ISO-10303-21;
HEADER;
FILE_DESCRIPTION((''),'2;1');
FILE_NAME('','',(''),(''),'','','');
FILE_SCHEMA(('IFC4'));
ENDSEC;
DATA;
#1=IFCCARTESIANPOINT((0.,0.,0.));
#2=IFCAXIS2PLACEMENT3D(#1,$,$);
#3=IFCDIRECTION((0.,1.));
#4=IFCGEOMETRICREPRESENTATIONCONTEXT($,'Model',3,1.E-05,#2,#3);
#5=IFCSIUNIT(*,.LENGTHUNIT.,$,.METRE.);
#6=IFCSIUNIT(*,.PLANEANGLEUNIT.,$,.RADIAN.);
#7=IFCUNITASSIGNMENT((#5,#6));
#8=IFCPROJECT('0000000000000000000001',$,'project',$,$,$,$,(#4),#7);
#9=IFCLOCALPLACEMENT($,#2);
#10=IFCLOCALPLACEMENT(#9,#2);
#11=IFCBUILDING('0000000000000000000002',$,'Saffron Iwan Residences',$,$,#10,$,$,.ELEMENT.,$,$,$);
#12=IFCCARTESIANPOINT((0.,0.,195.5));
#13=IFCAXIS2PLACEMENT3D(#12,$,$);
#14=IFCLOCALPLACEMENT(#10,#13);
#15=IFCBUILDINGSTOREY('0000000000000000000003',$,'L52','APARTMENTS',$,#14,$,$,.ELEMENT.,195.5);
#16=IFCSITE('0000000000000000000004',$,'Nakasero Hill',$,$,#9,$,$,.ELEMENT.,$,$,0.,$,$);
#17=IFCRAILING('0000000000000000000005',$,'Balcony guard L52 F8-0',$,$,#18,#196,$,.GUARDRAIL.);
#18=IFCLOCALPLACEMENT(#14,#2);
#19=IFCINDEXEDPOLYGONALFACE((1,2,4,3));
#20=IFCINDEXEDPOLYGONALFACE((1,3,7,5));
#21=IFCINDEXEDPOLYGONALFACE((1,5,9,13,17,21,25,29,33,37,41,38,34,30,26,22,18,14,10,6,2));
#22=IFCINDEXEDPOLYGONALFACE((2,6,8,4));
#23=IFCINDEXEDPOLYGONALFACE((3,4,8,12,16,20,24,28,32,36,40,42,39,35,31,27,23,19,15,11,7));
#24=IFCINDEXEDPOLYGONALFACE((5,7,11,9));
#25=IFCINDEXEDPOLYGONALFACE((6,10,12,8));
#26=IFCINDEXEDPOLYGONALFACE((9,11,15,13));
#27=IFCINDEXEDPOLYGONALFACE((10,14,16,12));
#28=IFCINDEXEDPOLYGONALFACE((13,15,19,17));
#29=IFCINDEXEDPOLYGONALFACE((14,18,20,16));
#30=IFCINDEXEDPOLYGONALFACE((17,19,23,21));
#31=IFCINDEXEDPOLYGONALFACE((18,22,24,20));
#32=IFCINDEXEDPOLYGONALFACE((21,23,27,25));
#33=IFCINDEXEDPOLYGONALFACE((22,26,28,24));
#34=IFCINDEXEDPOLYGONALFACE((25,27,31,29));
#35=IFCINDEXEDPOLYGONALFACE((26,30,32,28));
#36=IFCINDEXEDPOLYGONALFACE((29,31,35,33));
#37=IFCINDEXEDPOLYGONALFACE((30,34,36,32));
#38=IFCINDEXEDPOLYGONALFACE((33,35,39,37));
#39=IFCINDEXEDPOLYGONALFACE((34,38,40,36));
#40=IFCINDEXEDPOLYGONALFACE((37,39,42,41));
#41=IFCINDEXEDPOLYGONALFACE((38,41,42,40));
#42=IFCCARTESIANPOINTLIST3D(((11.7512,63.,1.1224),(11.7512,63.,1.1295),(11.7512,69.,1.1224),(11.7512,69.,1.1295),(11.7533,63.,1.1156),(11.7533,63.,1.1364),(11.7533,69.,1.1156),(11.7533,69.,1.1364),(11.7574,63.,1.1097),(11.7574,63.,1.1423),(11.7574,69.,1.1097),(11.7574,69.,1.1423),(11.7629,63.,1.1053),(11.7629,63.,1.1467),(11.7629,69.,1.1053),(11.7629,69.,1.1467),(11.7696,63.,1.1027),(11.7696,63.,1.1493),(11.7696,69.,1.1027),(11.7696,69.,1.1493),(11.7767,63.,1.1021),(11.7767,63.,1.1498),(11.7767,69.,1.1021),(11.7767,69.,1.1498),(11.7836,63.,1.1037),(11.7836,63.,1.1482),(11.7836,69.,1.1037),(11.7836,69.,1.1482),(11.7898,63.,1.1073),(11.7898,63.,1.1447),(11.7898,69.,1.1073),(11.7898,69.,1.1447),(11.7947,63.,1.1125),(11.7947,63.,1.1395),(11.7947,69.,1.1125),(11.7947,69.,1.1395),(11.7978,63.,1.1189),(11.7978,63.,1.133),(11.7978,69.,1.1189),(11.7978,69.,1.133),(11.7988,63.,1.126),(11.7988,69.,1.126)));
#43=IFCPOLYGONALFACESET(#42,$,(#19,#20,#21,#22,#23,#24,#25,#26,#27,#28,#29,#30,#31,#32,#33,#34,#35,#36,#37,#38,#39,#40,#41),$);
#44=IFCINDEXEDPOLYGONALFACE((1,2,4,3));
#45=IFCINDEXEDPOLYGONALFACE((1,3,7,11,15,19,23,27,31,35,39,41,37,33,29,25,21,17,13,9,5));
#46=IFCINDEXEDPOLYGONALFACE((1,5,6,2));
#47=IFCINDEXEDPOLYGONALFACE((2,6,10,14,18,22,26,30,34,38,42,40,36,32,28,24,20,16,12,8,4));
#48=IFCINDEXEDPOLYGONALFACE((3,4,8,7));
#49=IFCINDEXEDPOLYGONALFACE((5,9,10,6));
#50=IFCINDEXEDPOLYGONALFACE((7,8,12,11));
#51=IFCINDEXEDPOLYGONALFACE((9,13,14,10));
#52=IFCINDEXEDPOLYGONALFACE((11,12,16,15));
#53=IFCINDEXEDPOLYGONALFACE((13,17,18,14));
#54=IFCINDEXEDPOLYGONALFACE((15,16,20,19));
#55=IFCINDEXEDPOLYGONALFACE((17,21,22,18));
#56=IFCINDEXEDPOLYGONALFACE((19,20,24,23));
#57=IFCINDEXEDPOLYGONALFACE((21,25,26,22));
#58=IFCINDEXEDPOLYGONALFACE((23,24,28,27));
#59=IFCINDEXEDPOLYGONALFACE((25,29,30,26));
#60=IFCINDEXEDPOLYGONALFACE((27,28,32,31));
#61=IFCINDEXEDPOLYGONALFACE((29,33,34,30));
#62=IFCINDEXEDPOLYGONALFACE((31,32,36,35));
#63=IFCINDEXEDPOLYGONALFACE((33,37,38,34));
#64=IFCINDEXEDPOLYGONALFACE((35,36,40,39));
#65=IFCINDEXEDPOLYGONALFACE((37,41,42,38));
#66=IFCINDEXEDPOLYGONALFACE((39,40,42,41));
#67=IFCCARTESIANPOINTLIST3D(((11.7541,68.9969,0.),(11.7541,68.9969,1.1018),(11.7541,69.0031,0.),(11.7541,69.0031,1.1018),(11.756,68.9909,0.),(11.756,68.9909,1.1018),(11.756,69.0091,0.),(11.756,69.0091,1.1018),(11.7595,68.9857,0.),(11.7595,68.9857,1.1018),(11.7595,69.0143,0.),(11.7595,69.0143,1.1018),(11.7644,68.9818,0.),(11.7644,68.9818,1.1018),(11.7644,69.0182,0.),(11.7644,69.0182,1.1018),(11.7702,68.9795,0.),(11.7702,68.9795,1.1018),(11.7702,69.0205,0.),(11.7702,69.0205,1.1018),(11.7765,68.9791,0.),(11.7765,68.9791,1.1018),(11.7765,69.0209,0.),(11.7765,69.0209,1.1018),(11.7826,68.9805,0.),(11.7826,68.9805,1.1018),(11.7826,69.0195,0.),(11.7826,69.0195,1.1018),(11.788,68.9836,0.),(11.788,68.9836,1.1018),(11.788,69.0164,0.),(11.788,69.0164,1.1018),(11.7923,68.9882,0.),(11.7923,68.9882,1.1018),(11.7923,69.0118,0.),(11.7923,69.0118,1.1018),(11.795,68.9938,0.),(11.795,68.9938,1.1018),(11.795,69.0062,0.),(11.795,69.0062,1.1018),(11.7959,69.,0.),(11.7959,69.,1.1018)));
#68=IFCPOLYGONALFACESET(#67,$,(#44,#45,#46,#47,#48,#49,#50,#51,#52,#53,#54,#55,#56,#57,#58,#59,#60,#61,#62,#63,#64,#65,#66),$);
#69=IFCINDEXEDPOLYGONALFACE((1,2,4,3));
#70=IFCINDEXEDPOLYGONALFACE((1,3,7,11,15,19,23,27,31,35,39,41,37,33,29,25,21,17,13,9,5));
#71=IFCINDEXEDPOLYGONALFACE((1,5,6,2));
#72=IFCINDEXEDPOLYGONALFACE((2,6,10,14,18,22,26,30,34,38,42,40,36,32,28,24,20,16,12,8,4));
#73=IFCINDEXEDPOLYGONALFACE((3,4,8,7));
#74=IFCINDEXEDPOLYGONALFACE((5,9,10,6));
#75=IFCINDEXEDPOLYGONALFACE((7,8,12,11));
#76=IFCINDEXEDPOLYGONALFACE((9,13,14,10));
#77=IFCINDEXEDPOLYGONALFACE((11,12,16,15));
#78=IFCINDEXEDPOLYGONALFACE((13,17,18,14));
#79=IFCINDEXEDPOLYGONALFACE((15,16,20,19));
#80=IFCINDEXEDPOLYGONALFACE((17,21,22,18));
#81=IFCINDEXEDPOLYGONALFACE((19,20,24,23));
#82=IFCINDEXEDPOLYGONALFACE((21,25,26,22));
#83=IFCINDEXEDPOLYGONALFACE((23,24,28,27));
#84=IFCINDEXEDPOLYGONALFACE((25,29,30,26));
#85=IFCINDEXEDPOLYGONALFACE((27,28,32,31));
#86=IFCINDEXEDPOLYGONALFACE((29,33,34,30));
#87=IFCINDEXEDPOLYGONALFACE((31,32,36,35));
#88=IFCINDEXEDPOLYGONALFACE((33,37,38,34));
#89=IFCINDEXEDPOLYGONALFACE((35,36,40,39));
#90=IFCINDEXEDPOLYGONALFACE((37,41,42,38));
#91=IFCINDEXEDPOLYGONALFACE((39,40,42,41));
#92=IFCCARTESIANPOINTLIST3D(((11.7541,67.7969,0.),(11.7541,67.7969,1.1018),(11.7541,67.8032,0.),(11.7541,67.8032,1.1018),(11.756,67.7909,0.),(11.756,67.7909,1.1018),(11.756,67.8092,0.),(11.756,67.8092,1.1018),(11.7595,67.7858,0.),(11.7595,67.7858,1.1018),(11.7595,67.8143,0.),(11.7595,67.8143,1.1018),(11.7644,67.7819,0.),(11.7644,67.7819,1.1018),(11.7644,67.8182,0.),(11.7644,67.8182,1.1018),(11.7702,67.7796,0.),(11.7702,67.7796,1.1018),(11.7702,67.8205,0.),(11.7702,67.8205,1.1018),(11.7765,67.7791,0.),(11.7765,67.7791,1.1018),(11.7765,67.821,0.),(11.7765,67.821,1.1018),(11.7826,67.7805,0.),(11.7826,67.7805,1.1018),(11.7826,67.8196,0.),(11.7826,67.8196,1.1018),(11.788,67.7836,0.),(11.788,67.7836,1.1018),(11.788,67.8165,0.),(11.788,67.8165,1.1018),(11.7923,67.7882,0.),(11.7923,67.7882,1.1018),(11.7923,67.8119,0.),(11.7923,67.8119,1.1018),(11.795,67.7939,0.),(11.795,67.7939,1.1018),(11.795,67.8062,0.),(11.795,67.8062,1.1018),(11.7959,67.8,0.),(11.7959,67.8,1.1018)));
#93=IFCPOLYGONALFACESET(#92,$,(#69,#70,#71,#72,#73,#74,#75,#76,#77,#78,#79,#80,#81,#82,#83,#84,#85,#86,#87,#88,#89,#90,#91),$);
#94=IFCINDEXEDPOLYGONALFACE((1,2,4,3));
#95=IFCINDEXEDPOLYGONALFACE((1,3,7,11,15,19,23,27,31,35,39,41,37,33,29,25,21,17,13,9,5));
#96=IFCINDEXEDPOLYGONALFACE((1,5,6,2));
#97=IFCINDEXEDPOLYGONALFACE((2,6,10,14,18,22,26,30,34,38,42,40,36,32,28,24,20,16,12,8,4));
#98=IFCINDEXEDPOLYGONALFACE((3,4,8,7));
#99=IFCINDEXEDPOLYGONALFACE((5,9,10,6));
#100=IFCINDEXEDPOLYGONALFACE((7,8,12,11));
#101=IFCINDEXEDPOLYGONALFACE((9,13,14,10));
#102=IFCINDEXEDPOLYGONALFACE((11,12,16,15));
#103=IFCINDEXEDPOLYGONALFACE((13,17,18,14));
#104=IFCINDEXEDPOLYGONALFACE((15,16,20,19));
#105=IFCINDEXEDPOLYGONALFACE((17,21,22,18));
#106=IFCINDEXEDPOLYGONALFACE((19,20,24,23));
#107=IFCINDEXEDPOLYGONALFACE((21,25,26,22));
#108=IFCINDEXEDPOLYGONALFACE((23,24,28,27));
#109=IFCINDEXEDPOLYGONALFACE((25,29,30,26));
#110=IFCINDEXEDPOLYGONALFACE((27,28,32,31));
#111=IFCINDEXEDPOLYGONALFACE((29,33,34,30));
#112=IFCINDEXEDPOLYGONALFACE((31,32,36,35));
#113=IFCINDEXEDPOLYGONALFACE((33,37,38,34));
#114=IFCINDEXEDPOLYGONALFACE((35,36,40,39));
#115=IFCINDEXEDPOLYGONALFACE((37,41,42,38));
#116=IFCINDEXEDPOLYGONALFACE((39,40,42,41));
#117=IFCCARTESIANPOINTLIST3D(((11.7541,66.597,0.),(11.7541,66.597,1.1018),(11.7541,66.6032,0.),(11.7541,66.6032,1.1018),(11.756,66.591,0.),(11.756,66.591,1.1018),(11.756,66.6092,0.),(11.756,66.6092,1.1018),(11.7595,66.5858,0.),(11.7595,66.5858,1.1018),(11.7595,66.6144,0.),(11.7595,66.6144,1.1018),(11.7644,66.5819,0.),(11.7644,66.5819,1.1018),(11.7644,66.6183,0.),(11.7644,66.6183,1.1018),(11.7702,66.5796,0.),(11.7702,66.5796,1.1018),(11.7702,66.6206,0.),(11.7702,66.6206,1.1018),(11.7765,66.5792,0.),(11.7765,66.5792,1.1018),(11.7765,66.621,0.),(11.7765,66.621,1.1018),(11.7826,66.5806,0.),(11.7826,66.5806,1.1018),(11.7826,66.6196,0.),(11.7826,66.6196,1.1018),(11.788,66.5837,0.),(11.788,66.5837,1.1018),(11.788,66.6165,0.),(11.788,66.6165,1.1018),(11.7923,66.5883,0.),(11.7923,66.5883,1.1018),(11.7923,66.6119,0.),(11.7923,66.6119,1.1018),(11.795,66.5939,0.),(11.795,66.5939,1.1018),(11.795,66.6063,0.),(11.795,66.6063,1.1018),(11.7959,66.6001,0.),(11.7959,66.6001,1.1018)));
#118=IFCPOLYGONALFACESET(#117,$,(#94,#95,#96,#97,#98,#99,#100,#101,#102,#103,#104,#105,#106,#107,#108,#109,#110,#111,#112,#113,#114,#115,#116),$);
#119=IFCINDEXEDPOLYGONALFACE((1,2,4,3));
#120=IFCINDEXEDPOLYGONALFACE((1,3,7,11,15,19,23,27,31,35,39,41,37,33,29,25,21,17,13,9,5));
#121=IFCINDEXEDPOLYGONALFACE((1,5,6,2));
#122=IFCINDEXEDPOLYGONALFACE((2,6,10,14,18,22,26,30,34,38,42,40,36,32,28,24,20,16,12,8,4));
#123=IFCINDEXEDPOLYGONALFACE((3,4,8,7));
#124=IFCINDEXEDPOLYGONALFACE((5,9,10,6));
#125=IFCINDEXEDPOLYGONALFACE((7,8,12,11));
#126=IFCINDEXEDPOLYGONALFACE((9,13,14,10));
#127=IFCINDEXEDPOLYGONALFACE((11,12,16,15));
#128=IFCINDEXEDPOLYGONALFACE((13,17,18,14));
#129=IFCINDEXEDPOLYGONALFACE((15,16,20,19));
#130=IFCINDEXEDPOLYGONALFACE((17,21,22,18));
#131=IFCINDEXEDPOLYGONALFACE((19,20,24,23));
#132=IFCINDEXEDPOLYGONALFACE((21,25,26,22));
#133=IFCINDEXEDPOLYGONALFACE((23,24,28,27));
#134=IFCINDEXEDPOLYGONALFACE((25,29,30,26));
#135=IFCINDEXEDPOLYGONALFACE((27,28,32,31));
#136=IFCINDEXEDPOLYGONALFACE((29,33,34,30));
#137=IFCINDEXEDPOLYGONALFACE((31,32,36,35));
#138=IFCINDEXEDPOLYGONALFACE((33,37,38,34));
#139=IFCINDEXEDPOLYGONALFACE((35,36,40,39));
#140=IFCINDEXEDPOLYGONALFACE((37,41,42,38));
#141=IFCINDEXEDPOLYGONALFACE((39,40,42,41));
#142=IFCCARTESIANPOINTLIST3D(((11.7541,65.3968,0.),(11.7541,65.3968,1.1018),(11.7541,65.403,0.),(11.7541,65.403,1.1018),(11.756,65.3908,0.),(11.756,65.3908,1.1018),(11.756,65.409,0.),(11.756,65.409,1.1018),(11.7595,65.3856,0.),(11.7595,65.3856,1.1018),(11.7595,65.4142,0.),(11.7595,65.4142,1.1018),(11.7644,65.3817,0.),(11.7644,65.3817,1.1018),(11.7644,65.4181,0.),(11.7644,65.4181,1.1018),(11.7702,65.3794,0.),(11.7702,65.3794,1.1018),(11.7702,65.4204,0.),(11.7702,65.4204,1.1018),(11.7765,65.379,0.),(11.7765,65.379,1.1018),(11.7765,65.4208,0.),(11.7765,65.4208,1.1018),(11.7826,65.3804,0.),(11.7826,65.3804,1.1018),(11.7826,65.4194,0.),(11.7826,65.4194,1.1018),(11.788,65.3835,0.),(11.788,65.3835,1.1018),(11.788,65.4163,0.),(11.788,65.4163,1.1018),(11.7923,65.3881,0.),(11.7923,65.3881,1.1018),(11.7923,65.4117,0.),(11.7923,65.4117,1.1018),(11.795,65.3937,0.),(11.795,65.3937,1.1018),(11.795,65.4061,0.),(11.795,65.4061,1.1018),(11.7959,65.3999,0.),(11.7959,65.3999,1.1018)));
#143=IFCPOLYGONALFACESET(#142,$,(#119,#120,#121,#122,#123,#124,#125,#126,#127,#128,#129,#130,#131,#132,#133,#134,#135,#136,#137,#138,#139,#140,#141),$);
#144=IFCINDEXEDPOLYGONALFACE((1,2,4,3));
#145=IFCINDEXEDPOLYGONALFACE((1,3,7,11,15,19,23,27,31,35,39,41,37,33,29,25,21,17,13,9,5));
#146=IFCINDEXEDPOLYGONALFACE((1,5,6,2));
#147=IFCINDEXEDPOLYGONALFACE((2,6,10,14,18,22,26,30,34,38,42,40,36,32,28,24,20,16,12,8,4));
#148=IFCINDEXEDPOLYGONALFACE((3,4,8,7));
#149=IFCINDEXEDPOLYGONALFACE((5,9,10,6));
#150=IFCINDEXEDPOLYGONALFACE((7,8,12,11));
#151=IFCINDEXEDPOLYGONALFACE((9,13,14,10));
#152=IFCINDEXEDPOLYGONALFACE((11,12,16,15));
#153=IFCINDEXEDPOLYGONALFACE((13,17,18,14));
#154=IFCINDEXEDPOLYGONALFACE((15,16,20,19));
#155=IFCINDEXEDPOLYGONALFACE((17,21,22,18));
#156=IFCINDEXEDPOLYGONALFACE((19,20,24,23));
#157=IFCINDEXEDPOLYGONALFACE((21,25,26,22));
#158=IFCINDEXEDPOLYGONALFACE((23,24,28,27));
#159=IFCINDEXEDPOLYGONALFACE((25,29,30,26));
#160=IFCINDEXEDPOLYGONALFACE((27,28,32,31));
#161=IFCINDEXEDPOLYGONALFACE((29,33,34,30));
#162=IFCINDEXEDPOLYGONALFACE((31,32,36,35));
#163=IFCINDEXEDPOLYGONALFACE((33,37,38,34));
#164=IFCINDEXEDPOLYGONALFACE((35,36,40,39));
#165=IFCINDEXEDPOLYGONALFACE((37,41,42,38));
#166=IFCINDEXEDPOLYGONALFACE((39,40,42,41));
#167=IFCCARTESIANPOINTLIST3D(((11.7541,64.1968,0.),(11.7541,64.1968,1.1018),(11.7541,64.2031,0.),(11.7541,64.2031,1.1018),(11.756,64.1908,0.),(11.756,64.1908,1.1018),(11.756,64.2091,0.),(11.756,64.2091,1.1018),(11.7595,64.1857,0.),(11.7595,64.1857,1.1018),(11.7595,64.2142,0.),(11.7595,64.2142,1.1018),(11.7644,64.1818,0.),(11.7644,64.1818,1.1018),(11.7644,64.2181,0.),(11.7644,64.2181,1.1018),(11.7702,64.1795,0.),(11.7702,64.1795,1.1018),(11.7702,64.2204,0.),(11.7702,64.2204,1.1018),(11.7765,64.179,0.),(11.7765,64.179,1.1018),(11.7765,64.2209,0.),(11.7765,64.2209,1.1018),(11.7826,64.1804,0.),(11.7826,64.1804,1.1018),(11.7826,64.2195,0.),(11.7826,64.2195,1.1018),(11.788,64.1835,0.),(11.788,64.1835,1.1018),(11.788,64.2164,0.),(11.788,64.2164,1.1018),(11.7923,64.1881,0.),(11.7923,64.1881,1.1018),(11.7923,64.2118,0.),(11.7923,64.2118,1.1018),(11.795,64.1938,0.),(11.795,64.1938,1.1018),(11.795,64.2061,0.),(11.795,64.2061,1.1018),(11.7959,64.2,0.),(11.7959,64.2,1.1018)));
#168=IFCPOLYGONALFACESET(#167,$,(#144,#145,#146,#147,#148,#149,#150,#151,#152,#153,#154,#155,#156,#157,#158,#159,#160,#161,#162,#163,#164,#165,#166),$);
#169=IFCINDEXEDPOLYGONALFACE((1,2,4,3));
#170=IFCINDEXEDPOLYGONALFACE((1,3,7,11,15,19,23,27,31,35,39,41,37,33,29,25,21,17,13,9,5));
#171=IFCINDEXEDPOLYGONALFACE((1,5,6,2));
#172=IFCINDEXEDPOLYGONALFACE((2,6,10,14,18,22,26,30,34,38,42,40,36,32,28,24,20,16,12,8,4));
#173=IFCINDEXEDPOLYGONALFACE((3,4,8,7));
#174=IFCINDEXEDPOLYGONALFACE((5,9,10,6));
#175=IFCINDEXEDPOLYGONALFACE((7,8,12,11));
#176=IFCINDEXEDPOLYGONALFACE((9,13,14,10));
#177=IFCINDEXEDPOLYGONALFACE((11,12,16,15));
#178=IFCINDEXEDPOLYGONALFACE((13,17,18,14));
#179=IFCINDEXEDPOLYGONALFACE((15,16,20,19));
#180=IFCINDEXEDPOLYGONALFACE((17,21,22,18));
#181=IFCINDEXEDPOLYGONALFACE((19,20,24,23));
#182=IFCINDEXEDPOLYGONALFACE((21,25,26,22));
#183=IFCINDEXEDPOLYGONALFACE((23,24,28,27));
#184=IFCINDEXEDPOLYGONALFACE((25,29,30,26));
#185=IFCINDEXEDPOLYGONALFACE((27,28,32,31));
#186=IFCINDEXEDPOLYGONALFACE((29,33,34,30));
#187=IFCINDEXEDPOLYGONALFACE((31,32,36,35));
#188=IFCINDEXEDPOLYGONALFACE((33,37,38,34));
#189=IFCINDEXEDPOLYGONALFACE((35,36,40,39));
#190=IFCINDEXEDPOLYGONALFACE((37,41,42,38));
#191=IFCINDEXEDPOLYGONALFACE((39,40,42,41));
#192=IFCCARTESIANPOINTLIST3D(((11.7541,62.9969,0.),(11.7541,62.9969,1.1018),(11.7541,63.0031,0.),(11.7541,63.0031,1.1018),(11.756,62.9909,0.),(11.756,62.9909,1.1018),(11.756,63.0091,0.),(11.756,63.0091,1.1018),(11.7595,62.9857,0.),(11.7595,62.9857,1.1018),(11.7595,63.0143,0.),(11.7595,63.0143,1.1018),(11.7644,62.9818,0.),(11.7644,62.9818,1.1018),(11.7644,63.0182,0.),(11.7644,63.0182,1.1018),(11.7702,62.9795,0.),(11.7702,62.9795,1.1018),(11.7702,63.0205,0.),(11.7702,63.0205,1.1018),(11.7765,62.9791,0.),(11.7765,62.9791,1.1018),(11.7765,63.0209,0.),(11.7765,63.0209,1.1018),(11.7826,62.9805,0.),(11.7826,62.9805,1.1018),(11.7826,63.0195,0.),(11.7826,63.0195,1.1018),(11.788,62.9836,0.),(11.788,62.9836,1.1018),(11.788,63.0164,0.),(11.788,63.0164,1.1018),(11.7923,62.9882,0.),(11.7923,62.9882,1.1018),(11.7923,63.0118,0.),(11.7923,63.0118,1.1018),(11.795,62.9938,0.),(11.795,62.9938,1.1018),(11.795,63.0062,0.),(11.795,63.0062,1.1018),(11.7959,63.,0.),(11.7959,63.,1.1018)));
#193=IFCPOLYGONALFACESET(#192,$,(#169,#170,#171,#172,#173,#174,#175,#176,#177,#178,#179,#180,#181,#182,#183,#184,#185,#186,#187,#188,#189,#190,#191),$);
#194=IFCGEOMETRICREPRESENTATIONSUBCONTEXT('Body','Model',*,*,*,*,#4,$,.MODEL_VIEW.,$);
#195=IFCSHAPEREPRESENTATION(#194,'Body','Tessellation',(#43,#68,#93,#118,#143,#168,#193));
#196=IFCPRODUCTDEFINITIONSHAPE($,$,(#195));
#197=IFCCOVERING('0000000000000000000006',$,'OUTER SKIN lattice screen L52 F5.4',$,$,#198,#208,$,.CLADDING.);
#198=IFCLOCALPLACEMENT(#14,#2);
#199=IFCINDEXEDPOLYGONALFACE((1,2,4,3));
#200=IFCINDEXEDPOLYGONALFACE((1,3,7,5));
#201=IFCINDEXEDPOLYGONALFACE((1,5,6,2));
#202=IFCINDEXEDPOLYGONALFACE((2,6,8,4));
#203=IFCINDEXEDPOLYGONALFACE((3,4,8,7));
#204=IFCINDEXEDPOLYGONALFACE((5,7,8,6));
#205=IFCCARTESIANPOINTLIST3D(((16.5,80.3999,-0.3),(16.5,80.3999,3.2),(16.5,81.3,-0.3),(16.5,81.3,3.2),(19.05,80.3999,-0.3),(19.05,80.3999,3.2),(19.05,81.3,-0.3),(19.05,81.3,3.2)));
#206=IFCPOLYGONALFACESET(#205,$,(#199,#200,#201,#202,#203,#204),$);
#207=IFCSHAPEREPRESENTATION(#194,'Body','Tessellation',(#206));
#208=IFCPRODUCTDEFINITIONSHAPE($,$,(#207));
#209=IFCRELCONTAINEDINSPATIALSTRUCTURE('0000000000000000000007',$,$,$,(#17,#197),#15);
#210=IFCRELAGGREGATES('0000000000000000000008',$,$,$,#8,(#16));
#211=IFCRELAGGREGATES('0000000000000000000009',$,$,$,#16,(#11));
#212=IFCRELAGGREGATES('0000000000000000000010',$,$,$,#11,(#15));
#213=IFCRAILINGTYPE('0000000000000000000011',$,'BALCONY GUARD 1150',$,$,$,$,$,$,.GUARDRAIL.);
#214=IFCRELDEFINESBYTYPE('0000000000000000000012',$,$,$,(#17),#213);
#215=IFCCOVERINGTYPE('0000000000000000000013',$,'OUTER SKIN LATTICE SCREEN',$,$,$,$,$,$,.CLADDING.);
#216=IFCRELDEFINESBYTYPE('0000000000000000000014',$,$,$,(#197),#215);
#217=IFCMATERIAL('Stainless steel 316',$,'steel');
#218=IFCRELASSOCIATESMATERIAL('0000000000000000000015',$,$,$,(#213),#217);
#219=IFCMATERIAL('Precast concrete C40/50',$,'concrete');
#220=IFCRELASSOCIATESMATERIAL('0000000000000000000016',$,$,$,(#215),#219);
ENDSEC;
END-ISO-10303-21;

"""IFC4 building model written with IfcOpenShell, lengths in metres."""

from ifc_helpers import new_model, si_unit, direction, frame, origin, origin_2d, place, context, subcontext, project, spatial, polyline, circle, outline, extrude, material, type_object, element, save


model = new_model("IFC4")

# Units and contexts
model_context = context("Model", 3, precision=1e-05, world=origin(), true_north=direction((0.0, 1.0)))
body_context = subcontext(model_context, "Body", "Model", "MODEL_VIEW")
ifc_project = project(units=[si_unit("LENGTHUNIT", "METRE"), si_unit("PLANEANGLEUNIT", "RADIAN")], contexts=[model_context])

# Site, building, storey
site_placement = place(None, origin())
site = spatial("IfcSite", under=ifc_project, at=site_placement, Name="Nakasero Hill", CompositionType="ELEMENT", RefElevation=0.0)
building_placement = place(site_placement, origin())
building = spatial("IfcBuilding", under=site, at=building_placement, Name="Saffron Iwan Residences", CompositionType="ELEMENT")
storey_placement = place(building_placement, frame((0.0, 0.0, 195.5)))
storey = spatial("IfcBuildingStorey", under=building, at=storey_placement, Name="L52", Description="APARTMENTS", CompositionType="ELEMENT", Elevation=195.5)

# Railing
ifc_material_1 = material(Name="Stainless steel 316", Category="steel")
railing_type = type_object("IfcRailingType", Name="BALCONY GUARD 1150", PredefinedType="GUARDRAIL", material=ifc_material_1)
railing_placement = place(storey_placement, frame((11.7749, 69.0, 0.0)))
element("IfcRailing", 1, at=railing_placement, inside=storey, type_object=railing_type, Name="Balcony guard L52 F8-0", PredefinedType="GUARDRAIL", context=body_context, shape_type="SweptSolid", body=[
    extrude(circle(Radius=0.0239, at=origin_2d()), frame((0.0, 0.0, 1.126), z_axis=(0.0, -1.0, 0.0), x_axis=(1.0, 0.0, 0.0)), (0.0, 0.0, 1.0), 6.0),
    extrude(circle(Radius=0.021, at=origin_2d()), origin(), (0.0, 0.0, 1.0), 1.1018),
    extrude(circle(Radius=0.021, at=origin_2d()), frame((0.0, -1.2, 0.0)), (0.0, 0.0, 1.0), 1.1018),
    extrude(circle(Radius=0.021, at=origin_2d()), frame((0.0, -2.3999, 0.0)), (0.0, 0.0, 1.0), 1.1018),
    extrude(circle(Radius=0.021, at=origin_2d()), frame((0.0, -3.6001, 0.0)), (0.0, 0.0, 1.0), 1.1018),
    extrude(circle(Radius=0.021, at=origin_2d()), frame((0.0, -4.8, 0.0)), (0.0, 0.0, 1.0), 1.1018),
    extrude(circle(Radius=0.021, at=origin_2d()), frame((0.0, -6.0, 0.0)), (0.0, 0.0, 1.0), 1.1018),
])

# Covering
ifc_material_2 = material(Name="Precast concrete C40/50", Category="concrete")
covering_type = type_object("IfcCoveringType", Name="OUTER SKIN LATTICE SCREEN", PredefinedType="CLADDING", material=ifc_material_2)
covering_1_placement = place(storey_placement, frame((19.05, 80.3999, -0.3), z_axis=(0.0, 1.0, 0.0), x_axis=(-1.0, 0.0, 0.0)))
element("IfcCovering", 2, at=covering_1_placement, inside=storey, type_object=covering_type, Name="OUTER SKIN lattice screen L52 F5.4", PredefinedType="CLADDING", context=body_context, shape_type="SweptSolid", body=[
    extrude(outline(polyline([(0.0, 0.0), (2.55, 0.0), (2.55, 3.5), (0.0, 3.5), (0.0, 0.0)])), origin(), (0.0, 0.0, 1.0), 0.9001),
])

save(model, "model.ifc")
